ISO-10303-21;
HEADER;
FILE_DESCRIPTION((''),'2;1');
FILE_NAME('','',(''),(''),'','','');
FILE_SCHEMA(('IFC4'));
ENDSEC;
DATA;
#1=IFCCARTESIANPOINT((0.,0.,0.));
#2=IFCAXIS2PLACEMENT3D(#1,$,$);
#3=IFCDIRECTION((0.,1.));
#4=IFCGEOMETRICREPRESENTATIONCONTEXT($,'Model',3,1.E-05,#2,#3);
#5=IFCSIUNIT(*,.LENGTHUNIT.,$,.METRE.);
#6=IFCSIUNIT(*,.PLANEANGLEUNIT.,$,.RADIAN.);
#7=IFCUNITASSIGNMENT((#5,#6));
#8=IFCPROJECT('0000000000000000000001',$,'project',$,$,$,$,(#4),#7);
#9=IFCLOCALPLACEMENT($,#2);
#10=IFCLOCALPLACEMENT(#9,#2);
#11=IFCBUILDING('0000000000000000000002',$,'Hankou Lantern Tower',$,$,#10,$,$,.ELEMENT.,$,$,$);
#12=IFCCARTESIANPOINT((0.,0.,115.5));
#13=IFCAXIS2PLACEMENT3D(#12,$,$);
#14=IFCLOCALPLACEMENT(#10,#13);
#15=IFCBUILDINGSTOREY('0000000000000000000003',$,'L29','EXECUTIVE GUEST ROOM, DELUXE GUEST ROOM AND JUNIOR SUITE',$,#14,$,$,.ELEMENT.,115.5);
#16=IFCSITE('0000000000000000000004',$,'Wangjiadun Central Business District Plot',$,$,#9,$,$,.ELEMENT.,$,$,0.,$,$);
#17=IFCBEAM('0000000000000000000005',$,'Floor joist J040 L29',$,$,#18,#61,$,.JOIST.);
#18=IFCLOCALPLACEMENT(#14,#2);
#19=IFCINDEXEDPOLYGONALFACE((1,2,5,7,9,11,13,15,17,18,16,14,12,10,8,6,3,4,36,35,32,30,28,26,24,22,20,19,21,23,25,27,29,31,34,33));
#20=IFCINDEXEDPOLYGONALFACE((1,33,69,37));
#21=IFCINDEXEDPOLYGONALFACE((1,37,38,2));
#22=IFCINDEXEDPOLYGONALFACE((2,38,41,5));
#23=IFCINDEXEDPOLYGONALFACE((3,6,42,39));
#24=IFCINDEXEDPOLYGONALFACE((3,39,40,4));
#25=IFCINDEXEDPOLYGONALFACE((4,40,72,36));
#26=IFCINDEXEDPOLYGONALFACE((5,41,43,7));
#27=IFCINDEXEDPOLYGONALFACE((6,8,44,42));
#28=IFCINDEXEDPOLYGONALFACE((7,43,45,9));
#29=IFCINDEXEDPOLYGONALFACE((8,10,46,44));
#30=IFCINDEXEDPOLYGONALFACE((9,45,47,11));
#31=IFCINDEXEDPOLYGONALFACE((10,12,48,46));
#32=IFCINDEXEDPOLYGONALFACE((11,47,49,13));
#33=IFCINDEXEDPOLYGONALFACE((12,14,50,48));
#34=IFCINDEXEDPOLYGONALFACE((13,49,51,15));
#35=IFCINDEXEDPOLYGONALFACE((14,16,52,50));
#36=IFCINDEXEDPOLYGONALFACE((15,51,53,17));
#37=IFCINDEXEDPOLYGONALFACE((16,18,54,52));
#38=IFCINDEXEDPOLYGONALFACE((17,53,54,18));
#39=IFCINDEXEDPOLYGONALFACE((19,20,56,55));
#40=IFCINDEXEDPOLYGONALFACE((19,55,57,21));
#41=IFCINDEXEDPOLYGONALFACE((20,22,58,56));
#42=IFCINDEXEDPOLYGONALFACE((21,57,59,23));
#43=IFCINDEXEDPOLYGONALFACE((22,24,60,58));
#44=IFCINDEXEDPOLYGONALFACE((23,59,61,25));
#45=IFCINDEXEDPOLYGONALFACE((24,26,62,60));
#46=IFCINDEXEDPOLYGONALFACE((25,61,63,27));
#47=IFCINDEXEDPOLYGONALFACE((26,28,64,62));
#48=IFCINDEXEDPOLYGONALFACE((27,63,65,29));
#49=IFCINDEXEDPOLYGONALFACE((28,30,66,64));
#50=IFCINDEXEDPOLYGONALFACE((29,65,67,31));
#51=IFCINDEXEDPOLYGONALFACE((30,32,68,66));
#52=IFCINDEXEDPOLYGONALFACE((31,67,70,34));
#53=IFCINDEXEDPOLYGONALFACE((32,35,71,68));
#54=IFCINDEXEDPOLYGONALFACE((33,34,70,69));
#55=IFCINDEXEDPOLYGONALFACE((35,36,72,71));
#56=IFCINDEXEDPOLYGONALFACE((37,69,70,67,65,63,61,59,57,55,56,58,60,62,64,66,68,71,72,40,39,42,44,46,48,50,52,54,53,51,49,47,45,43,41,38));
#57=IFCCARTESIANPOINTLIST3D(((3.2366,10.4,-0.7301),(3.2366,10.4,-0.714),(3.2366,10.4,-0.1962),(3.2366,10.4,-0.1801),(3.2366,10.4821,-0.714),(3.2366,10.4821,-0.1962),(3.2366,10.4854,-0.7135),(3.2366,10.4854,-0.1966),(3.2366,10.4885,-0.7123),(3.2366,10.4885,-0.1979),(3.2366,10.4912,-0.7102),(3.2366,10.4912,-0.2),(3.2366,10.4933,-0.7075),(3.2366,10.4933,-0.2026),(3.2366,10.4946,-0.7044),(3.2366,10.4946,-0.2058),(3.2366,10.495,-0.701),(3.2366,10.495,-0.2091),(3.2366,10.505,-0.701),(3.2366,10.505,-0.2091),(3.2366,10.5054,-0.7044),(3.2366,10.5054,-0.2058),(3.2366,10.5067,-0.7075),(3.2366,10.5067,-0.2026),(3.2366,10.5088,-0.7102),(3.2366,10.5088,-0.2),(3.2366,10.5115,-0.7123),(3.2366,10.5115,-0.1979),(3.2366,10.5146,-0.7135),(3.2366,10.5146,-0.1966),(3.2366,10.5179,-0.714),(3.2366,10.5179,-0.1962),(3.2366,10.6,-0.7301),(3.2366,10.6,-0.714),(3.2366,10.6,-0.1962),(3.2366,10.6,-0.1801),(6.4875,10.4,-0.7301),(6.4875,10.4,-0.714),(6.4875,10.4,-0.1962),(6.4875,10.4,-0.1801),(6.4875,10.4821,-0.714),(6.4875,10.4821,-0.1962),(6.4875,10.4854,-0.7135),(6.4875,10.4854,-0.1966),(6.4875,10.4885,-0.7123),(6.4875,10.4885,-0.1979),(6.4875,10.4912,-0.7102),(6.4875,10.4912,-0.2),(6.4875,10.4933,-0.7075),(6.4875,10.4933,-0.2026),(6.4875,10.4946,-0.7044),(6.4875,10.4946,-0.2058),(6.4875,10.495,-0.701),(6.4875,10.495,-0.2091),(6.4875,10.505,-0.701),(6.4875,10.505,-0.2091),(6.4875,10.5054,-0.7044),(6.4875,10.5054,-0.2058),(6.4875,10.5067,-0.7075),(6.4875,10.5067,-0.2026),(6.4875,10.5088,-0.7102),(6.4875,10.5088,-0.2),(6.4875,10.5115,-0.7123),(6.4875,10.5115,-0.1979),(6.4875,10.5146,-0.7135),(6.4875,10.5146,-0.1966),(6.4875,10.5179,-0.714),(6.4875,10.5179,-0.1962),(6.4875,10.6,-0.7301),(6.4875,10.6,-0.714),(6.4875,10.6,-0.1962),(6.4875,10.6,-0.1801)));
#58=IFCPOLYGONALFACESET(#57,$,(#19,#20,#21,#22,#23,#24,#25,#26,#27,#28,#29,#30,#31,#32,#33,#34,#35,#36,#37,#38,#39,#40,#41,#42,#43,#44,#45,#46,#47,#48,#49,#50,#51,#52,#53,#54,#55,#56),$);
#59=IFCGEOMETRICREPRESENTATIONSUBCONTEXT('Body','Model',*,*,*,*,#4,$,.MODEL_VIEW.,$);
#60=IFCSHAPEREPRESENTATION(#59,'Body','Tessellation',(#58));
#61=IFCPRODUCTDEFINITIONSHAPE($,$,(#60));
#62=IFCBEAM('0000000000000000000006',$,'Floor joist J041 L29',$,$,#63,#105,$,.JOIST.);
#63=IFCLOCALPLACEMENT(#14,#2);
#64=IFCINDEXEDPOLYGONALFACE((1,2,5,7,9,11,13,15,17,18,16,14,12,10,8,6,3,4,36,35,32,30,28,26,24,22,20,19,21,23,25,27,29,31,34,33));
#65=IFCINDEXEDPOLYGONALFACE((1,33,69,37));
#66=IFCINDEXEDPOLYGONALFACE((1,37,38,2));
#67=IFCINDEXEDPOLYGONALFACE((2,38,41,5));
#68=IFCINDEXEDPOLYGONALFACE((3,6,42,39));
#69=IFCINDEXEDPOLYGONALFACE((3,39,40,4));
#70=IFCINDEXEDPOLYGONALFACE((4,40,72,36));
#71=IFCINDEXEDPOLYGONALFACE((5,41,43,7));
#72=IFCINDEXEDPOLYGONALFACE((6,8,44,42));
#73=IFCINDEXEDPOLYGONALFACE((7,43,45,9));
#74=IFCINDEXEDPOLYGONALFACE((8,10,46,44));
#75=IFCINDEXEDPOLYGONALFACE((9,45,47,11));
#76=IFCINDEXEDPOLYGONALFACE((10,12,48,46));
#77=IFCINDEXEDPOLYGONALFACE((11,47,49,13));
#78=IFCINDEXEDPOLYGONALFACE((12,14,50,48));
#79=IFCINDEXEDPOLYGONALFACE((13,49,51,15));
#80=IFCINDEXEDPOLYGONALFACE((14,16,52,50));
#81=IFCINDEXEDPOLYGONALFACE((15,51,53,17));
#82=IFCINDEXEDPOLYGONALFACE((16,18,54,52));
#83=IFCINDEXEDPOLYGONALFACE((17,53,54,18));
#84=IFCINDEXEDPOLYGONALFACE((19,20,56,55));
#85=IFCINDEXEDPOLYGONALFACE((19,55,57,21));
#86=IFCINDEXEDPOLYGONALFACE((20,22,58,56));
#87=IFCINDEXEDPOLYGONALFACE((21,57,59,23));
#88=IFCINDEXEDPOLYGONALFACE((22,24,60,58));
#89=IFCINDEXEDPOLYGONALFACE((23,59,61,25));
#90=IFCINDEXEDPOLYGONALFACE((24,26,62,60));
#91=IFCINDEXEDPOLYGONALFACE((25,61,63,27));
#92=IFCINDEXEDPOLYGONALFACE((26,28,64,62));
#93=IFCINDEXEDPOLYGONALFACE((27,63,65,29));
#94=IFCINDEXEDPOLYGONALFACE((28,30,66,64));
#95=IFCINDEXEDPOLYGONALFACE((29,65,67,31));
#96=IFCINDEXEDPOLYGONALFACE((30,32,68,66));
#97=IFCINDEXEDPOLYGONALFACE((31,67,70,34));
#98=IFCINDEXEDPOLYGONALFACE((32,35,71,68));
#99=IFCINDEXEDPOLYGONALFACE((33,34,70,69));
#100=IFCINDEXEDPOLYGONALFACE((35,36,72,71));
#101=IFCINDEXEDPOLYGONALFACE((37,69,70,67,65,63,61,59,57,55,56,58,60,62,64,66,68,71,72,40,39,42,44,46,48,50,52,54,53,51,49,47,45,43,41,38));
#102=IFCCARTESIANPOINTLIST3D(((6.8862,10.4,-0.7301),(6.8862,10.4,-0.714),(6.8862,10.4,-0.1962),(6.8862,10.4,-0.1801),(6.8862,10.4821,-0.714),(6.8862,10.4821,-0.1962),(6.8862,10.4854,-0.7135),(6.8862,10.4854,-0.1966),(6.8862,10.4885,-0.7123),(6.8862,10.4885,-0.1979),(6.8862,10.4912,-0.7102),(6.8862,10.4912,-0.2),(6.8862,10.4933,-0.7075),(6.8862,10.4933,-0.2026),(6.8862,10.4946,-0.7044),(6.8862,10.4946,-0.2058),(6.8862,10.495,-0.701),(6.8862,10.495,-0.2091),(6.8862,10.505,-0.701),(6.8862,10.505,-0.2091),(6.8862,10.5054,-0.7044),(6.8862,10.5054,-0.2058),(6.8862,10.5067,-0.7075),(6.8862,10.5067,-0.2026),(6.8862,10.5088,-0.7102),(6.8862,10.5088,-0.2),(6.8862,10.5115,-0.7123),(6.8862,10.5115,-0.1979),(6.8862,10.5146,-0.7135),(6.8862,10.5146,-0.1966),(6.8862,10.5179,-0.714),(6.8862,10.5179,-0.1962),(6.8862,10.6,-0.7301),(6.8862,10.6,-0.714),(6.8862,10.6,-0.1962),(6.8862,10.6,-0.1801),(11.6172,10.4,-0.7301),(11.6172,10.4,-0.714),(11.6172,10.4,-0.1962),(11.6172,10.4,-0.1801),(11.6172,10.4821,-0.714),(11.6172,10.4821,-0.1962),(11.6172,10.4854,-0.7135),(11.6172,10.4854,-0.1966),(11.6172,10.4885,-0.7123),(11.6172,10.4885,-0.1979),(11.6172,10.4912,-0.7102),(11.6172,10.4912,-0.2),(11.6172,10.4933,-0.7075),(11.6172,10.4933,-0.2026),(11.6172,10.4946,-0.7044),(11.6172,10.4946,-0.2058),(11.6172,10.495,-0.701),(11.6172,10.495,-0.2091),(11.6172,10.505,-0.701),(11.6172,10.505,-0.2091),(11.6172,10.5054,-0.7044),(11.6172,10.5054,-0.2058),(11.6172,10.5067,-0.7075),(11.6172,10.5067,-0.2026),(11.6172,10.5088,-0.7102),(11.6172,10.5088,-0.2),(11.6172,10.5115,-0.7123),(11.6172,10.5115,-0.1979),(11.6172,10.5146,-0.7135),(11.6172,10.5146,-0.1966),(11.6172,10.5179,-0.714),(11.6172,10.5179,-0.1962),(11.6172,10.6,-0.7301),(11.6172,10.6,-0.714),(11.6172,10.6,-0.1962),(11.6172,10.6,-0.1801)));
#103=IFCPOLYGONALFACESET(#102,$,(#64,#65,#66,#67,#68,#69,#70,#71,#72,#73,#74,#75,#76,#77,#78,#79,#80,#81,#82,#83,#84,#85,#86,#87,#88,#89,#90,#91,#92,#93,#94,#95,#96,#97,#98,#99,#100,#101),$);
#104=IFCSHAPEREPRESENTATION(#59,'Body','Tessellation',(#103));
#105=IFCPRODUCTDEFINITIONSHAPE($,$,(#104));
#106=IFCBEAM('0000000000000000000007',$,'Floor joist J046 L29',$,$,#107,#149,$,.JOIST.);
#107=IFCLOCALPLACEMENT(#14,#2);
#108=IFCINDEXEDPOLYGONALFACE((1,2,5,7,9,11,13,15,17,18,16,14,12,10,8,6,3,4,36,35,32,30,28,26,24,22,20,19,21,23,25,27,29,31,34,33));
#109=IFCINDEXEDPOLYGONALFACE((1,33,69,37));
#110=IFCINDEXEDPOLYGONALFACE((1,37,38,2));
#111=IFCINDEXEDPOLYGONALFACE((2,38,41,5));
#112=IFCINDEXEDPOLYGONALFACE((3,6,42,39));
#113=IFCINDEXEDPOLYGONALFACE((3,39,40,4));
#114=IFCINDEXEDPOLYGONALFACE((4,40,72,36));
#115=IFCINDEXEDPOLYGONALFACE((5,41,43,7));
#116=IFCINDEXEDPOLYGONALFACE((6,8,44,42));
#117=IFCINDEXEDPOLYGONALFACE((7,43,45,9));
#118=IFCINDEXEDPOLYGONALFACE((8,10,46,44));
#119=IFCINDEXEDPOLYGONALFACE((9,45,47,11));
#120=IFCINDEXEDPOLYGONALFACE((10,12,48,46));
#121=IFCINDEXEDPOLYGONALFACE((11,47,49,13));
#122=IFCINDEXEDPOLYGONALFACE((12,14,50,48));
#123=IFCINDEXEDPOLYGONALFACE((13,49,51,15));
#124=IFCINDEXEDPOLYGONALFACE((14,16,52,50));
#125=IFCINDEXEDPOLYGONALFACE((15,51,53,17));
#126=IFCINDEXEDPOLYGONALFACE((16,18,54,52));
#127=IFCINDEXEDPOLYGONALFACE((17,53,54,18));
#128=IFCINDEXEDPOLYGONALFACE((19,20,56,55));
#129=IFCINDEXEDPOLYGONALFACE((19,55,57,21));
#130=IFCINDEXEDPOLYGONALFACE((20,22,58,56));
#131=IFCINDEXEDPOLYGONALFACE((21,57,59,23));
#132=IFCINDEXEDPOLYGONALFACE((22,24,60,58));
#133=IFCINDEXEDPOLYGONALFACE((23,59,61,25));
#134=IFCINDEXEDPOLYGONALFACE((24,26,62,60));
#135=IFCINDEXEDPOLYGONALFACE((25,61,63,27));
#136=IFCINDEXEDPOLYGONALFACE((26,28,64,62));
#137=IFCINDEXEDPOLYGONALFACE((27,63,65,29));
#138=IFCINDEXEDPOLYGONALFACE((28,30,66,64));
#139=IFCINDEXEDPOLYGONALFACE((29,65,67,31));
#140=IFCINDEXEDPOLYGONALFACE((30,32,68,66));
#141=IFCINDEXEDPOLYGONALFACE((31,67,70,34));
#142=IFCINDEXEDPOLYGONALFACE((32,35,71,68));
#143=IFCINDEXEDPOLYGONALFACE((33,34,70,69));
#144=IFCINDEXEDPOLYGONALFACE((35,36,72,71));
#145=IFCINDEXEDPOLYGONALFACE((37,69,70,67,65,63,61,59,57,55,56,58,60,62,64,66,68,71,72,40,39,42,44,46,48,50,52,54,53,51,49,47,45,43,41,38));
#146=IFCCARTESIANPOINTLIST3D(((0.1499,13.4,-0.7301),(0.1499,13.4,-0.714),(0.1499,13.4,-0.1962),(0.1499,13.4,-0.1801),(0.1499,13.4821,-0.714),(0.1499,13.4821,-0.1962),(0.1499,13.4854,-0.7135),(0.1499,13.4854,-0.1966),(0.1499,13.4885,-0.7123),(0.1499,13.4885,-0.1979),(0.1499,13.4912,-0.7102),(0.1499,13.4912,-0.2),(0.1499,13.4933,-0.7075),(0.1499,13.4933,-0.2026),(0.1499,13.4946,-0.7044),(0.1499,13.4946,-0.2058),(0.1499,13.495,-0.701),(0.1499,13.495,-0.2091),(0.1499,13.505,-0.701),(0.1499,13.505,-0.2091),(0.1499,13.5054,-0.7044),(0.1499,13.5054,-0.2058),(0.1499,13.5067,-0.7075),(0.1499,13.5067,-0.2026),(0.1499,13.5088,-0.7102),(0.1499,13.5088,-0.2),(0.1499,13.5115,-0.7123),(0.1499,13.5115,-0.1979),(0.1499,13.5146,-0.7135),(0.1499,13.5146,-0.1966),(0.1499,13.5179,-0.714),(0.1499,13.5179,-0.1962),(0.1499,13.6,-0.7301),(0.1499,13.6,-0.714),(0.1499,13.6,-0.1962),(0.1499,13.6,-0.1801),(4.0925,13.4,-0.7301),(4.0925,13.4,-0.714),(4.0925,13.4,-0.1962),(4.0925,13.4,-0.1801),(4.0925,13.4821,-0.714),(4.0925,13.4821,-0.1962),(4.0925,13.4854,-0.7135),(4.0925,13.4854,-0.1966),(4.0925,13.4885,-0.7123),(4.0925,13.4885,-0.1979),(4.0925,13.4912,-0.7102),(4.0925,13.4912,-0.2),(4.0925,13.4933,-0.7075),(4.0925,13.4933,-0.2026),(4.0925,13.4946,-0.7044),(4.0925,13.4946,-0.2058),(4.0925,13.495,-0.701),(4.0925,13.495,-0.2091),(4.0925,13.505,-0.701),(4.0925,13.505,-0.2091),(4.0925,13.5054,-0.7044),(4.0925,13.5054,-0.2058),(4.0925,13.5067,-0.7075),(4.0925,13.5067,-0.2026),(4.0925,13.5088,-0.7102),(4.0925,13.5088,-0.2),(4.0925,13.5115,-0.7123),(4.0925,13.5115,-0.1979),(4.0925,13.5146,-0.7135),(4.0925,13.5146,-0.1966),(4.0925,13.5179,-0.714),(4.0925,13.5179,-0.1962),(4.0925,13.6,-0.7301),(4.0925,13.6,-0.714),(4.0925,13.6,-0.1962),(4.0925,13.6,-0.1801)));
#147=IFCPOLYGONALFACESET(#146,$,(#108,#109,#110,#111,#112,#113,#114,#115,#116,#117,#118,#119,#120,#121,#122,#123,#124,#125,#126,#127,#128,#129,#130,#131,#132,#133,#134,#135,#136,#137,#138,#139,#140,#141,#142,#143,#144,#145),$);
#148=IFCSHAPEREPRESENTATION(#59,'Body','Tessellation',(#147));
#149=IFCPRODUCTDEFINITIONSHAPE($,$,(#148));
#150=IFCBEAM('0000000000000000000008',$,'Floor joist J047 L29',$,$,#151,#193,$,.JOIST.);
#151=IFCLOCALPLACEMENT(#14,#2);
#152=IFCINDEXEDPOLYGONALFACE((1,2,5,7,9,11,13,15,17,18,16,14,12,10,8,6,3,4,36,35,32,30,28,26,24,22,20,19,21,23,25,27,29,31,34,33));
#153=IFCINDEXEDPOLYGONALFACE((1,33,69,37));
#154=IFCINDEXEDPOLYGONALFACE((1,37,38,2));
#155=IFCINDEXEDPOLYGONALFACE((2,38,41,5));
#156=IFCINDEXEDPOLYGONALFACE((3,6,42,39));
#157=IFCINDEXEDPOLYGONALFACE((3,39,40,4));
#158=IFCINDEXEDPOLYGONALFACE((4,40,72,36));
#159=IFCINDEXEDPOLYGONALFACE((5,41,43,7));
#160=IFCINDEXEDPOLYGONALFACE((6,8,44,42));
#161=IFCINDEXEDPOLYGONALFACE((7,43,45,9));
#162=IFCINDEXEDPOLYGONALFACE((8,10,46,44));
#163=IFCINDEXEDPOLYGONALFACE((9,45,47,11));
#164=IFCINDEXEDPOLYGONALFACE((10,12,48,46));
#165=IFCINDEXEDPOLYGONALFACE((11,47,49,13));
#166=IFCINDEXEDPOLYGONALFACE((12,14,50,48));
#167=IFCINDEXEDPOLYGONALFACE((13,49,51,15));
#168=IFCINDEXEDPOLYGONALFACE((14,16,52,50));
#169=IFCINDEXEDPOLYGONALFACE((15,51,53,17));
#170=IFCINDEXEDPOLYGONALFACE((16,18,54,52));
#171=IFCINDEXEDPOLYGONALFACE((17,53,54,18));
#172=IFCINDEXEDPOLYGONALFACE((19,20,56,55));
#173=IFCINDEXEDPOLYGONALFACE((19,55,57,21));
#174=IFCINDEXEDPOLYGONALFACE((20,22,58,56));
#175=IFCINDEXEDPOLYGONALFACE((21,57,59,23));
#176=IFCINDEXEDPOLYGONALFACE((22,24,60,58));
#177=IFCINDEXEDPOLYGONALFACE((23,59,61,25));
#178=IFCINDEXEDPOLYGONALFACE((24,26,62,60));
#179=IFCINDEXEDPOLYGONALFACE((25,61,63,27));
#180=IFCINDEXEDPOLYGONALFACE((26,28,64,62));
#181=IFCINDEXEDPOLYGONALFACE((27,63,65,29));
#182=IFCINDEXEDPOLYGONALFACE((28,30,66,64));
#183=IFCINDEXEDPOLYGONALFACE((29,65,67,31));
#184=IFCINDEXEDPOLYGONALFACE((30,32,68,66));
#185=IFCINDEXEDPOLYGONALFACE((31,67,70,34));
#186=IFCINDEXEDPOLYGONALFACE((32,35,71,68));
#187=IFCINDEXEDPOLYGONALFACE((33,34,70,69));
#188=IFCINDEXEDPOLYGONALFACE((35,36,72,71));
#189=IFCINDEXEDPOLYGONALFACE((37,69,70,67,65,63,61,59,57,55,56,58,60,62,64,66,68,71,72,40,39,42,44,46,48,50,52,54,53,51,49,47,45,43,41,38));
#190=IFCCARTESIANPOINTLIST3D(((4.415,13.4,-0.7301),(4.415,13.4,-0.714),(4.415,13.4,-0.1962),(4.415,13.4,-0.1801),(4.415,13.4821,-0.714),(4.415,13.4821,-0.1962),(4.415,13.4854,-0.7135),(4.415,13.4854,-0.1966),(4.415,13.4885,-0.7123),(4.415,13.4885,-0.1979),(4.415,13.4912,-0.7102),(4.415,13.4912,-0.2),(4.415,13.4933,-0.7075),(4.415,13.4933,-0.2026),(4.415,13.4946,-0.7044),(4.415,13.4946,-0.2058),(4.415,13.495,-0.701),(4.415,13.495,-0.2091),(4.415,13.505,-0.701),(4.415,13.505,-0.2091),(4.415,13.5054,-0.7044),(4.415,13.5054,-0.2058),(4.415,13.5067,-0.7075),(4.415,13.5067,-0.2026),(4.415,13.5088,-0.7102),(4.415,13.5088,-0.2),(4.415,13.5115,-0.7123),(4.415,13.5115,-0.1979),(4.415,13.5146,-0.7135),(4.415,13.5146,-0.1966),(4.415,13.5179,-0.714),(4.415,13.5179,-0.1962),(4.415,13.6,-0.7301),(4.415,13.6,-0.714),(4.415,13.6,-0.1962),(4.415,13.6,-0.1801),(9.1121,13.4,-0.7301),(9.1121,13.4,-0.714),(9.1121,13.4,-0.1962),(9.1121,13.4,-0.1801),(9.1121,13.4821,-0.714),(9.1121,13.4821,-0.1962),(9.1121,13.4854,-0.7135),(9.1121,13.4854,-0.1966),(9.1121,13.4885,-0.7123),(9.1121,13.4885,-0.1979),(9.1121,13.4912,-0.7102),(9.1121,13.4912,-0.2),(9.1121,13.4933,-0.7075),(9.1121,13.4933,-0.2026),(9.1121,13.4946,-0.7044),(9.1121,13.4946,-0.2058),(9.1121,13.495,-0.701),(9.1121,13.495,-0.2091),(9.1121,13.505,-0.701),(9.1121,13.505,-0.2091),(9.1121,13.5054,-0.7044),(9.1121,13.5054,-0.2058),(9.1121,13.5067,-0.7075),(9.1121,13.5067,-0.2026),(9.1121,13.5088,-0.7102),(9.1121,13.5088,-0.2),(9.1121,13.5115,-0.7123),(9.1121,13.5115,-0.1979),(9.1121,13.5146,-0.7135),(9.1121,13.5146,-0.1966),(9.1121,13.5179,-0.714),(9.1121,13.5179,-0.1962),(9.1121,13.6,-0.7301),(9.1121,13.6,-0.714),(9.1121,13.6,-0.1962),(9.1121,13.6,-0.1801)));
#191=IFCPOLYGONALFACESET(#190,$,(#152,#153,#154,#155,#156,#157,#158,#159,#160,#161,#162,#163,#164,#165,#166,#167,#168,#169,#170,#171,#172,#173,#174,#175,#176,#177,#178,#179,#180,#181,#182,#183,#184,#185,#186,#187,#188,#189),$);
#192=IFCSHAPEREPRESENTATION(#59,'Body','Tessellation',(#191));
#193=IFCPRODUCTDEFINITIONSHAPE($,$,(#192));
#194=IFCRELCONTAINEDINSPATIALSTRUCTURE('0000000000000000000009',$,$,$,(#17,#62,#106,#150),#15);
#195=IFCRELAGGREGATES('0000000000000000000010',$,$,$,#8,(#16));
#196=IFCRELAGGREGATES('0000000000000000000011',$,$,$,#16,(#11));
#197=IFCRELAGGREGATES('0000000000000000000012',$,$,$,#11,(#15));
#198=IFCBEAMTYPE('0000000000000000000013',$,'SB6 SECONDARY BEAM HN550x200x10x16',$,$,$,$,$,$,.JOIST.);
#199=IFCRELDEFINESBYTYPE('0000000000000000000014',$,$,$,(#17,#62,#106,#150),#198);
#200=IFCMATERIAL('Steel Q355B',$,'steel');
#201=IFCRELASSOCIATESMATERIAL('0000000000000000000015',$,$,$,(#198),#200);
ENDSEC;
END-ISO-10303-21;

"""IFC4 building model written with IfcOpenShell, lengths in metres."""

from ifc_helpers import new_model, si_unit, direction, frame, origin, origin_2d, place, context, subcontext, project, spatial, i_section, extrude, material, material_profile, profile_set, type_object, element, save


model = new_model("IFC4")

# Units and contexts
model_context = context("Model", 3, precision=1e-05, world=origin(), true_north=direction((0.0, 1.0)))
body_context = subcontext(model_context, "Body", "Model", "MODEL_VIEW")
ifc_project = project(units=[si_unit("LENGTHUNIT", "METRE"), si_unit("PLANEANGLEUNIT", "RADIAN")], contexts=[model_context])

# Site, building, storey
site_placement = place(None, origin())
site = spatial("IfcSite", under=ifc_project, at=site_placement, Name="Wangjiadun Central Business District Plot", CompositionType="ELEMENT", RefElevation=0.0)
building_placement = place(site_placement, origin())
building = spatial("IfcBuilding", under=site, at=building_placement, Name="Hankou Lantern Tower", CompositionType="ELEMENT")
storey_placement = place(building_placement, frame((0.0, 0.0, 115.5)))
storey = spatial("IfcBuildingStorey", under=building, at=storey_placement, Name="L29", Description="EXECUTIVE GUEST ROOM, DELUXE GUEST ROOM AND JUNIOR SUITE", CompositionType="ELEMENT", Elevation=115.5)

# Beams
ifc_material_1 = material(Name="Steel Q355B", Category="steel")
ifc_material_profile_1 = material_profile(ifc_material_1, i_section(OverallWidth=0.2, OverallDepth=0.55, WebThickness=0.01, FlangeThickness=0.0161, FilletRadius=0.0129, at=origin_2d()), Name="HN550x200x10x16")
ifc_profile_set_1 = profile_set([ifc_material_profile_1], Name="Steel Q355B")
beam_type_1 = type_object("IfcBeamType", Name="SB6 SECONDARY BEAM HN550x200x10x16", PredefinedType="JOIST", material=ifc_profile_set_1)
beam_1_placement = place(storey_placement, frame((3.2366, 10.5, -0.4551), z_axis=(1.0, 0.0, 0.0), x_axis=(0.0, 1.0, 0.0)))
element("IfcBeam", 1, at=beam_1_placement, inside=storey, type_object=beam_type_1, Name="Floor joist J040 L29", PredefinedType="JOIST", context=body_context, shape_type="SweptSolid", body=[
    extrude(i_section(OverallWidth=0.2, OverallDepth=0.55, WebThickness=0.01, FlangeThickness=0.0161, FilletRadius=0.0129, at=origin_2d()), origin(), (0.0, 0.0, 1.0), 3.251),
])
beam_2_placement = place(storey_placement, frame((6.8862, 10.5, -0.4551), z_axis=(1.0, 0.0, 0.0), x_axis=(0.0, 1.0, 0.0)))
element("IfcBeam", 2, at=beam_2_placement, inside=storey, type_object=beam_type_1, Name="Floor joist J041 L29", PredefinedType="JOIST", context=body_context, shape_type="SweptSolid", body=[
    extrude(i_section(OverallWidth=0.2, OverallDepth=0.55, WebThickness=0.01, FlangeThickness=0.0161, FilletRadius=0.0129, at=origin_2d()), origin(), (0.0, 0.0, 1.0), 4.731),
])
beam_3_placement = place(storey_placement, frame((0.1499, 13.5, -0.4551), z_axis=(1.0, 0.0, 0.0), x_axis=(0.0, 1.0, 0.0)))
element("IfcBeam", 3, at=beam_3_placement, inside=storey, type_object=beam_type_1, Name="Floor joist J046 L29", PredefinedType="JOIST", context=body_context, shape_type="SweptSolid", body=[
    extrude(i_section(OverallWidth=0.2, OverallDepth=0.55, WebThickness=0.01, FlangeThickness=0.0161, FilletRadius=0.0129, at=origin_2d()), origin(), (0.0, 0.0, 1.0), 3.9426),
])
beam_4_placement = place(storey_placement, frame((4.415, 13.5, -0.4551), z_axis=(1.0, 0.0, 0.0), x_axis=(0.0, 1.0, 0.0)))
element("IfcBeam", 4, at=beam_4_placement, inside=storey, type_object=beam_type_1, Name="Floor joist J047 L29", PredefinedType="JOIST", context=body_context, shape_type="SweptSolid", body=[
    extrude(i_section(OverallWidth=0.2, OverallDepth=0.55, WebThickness=0.01, FlangeThickness=0.0161, FilletRadius=0.0129, at=origin_2d()), origin(), (0.0, 0.0, 1.0), 4.697),
])

save(model, "model.ifc")
